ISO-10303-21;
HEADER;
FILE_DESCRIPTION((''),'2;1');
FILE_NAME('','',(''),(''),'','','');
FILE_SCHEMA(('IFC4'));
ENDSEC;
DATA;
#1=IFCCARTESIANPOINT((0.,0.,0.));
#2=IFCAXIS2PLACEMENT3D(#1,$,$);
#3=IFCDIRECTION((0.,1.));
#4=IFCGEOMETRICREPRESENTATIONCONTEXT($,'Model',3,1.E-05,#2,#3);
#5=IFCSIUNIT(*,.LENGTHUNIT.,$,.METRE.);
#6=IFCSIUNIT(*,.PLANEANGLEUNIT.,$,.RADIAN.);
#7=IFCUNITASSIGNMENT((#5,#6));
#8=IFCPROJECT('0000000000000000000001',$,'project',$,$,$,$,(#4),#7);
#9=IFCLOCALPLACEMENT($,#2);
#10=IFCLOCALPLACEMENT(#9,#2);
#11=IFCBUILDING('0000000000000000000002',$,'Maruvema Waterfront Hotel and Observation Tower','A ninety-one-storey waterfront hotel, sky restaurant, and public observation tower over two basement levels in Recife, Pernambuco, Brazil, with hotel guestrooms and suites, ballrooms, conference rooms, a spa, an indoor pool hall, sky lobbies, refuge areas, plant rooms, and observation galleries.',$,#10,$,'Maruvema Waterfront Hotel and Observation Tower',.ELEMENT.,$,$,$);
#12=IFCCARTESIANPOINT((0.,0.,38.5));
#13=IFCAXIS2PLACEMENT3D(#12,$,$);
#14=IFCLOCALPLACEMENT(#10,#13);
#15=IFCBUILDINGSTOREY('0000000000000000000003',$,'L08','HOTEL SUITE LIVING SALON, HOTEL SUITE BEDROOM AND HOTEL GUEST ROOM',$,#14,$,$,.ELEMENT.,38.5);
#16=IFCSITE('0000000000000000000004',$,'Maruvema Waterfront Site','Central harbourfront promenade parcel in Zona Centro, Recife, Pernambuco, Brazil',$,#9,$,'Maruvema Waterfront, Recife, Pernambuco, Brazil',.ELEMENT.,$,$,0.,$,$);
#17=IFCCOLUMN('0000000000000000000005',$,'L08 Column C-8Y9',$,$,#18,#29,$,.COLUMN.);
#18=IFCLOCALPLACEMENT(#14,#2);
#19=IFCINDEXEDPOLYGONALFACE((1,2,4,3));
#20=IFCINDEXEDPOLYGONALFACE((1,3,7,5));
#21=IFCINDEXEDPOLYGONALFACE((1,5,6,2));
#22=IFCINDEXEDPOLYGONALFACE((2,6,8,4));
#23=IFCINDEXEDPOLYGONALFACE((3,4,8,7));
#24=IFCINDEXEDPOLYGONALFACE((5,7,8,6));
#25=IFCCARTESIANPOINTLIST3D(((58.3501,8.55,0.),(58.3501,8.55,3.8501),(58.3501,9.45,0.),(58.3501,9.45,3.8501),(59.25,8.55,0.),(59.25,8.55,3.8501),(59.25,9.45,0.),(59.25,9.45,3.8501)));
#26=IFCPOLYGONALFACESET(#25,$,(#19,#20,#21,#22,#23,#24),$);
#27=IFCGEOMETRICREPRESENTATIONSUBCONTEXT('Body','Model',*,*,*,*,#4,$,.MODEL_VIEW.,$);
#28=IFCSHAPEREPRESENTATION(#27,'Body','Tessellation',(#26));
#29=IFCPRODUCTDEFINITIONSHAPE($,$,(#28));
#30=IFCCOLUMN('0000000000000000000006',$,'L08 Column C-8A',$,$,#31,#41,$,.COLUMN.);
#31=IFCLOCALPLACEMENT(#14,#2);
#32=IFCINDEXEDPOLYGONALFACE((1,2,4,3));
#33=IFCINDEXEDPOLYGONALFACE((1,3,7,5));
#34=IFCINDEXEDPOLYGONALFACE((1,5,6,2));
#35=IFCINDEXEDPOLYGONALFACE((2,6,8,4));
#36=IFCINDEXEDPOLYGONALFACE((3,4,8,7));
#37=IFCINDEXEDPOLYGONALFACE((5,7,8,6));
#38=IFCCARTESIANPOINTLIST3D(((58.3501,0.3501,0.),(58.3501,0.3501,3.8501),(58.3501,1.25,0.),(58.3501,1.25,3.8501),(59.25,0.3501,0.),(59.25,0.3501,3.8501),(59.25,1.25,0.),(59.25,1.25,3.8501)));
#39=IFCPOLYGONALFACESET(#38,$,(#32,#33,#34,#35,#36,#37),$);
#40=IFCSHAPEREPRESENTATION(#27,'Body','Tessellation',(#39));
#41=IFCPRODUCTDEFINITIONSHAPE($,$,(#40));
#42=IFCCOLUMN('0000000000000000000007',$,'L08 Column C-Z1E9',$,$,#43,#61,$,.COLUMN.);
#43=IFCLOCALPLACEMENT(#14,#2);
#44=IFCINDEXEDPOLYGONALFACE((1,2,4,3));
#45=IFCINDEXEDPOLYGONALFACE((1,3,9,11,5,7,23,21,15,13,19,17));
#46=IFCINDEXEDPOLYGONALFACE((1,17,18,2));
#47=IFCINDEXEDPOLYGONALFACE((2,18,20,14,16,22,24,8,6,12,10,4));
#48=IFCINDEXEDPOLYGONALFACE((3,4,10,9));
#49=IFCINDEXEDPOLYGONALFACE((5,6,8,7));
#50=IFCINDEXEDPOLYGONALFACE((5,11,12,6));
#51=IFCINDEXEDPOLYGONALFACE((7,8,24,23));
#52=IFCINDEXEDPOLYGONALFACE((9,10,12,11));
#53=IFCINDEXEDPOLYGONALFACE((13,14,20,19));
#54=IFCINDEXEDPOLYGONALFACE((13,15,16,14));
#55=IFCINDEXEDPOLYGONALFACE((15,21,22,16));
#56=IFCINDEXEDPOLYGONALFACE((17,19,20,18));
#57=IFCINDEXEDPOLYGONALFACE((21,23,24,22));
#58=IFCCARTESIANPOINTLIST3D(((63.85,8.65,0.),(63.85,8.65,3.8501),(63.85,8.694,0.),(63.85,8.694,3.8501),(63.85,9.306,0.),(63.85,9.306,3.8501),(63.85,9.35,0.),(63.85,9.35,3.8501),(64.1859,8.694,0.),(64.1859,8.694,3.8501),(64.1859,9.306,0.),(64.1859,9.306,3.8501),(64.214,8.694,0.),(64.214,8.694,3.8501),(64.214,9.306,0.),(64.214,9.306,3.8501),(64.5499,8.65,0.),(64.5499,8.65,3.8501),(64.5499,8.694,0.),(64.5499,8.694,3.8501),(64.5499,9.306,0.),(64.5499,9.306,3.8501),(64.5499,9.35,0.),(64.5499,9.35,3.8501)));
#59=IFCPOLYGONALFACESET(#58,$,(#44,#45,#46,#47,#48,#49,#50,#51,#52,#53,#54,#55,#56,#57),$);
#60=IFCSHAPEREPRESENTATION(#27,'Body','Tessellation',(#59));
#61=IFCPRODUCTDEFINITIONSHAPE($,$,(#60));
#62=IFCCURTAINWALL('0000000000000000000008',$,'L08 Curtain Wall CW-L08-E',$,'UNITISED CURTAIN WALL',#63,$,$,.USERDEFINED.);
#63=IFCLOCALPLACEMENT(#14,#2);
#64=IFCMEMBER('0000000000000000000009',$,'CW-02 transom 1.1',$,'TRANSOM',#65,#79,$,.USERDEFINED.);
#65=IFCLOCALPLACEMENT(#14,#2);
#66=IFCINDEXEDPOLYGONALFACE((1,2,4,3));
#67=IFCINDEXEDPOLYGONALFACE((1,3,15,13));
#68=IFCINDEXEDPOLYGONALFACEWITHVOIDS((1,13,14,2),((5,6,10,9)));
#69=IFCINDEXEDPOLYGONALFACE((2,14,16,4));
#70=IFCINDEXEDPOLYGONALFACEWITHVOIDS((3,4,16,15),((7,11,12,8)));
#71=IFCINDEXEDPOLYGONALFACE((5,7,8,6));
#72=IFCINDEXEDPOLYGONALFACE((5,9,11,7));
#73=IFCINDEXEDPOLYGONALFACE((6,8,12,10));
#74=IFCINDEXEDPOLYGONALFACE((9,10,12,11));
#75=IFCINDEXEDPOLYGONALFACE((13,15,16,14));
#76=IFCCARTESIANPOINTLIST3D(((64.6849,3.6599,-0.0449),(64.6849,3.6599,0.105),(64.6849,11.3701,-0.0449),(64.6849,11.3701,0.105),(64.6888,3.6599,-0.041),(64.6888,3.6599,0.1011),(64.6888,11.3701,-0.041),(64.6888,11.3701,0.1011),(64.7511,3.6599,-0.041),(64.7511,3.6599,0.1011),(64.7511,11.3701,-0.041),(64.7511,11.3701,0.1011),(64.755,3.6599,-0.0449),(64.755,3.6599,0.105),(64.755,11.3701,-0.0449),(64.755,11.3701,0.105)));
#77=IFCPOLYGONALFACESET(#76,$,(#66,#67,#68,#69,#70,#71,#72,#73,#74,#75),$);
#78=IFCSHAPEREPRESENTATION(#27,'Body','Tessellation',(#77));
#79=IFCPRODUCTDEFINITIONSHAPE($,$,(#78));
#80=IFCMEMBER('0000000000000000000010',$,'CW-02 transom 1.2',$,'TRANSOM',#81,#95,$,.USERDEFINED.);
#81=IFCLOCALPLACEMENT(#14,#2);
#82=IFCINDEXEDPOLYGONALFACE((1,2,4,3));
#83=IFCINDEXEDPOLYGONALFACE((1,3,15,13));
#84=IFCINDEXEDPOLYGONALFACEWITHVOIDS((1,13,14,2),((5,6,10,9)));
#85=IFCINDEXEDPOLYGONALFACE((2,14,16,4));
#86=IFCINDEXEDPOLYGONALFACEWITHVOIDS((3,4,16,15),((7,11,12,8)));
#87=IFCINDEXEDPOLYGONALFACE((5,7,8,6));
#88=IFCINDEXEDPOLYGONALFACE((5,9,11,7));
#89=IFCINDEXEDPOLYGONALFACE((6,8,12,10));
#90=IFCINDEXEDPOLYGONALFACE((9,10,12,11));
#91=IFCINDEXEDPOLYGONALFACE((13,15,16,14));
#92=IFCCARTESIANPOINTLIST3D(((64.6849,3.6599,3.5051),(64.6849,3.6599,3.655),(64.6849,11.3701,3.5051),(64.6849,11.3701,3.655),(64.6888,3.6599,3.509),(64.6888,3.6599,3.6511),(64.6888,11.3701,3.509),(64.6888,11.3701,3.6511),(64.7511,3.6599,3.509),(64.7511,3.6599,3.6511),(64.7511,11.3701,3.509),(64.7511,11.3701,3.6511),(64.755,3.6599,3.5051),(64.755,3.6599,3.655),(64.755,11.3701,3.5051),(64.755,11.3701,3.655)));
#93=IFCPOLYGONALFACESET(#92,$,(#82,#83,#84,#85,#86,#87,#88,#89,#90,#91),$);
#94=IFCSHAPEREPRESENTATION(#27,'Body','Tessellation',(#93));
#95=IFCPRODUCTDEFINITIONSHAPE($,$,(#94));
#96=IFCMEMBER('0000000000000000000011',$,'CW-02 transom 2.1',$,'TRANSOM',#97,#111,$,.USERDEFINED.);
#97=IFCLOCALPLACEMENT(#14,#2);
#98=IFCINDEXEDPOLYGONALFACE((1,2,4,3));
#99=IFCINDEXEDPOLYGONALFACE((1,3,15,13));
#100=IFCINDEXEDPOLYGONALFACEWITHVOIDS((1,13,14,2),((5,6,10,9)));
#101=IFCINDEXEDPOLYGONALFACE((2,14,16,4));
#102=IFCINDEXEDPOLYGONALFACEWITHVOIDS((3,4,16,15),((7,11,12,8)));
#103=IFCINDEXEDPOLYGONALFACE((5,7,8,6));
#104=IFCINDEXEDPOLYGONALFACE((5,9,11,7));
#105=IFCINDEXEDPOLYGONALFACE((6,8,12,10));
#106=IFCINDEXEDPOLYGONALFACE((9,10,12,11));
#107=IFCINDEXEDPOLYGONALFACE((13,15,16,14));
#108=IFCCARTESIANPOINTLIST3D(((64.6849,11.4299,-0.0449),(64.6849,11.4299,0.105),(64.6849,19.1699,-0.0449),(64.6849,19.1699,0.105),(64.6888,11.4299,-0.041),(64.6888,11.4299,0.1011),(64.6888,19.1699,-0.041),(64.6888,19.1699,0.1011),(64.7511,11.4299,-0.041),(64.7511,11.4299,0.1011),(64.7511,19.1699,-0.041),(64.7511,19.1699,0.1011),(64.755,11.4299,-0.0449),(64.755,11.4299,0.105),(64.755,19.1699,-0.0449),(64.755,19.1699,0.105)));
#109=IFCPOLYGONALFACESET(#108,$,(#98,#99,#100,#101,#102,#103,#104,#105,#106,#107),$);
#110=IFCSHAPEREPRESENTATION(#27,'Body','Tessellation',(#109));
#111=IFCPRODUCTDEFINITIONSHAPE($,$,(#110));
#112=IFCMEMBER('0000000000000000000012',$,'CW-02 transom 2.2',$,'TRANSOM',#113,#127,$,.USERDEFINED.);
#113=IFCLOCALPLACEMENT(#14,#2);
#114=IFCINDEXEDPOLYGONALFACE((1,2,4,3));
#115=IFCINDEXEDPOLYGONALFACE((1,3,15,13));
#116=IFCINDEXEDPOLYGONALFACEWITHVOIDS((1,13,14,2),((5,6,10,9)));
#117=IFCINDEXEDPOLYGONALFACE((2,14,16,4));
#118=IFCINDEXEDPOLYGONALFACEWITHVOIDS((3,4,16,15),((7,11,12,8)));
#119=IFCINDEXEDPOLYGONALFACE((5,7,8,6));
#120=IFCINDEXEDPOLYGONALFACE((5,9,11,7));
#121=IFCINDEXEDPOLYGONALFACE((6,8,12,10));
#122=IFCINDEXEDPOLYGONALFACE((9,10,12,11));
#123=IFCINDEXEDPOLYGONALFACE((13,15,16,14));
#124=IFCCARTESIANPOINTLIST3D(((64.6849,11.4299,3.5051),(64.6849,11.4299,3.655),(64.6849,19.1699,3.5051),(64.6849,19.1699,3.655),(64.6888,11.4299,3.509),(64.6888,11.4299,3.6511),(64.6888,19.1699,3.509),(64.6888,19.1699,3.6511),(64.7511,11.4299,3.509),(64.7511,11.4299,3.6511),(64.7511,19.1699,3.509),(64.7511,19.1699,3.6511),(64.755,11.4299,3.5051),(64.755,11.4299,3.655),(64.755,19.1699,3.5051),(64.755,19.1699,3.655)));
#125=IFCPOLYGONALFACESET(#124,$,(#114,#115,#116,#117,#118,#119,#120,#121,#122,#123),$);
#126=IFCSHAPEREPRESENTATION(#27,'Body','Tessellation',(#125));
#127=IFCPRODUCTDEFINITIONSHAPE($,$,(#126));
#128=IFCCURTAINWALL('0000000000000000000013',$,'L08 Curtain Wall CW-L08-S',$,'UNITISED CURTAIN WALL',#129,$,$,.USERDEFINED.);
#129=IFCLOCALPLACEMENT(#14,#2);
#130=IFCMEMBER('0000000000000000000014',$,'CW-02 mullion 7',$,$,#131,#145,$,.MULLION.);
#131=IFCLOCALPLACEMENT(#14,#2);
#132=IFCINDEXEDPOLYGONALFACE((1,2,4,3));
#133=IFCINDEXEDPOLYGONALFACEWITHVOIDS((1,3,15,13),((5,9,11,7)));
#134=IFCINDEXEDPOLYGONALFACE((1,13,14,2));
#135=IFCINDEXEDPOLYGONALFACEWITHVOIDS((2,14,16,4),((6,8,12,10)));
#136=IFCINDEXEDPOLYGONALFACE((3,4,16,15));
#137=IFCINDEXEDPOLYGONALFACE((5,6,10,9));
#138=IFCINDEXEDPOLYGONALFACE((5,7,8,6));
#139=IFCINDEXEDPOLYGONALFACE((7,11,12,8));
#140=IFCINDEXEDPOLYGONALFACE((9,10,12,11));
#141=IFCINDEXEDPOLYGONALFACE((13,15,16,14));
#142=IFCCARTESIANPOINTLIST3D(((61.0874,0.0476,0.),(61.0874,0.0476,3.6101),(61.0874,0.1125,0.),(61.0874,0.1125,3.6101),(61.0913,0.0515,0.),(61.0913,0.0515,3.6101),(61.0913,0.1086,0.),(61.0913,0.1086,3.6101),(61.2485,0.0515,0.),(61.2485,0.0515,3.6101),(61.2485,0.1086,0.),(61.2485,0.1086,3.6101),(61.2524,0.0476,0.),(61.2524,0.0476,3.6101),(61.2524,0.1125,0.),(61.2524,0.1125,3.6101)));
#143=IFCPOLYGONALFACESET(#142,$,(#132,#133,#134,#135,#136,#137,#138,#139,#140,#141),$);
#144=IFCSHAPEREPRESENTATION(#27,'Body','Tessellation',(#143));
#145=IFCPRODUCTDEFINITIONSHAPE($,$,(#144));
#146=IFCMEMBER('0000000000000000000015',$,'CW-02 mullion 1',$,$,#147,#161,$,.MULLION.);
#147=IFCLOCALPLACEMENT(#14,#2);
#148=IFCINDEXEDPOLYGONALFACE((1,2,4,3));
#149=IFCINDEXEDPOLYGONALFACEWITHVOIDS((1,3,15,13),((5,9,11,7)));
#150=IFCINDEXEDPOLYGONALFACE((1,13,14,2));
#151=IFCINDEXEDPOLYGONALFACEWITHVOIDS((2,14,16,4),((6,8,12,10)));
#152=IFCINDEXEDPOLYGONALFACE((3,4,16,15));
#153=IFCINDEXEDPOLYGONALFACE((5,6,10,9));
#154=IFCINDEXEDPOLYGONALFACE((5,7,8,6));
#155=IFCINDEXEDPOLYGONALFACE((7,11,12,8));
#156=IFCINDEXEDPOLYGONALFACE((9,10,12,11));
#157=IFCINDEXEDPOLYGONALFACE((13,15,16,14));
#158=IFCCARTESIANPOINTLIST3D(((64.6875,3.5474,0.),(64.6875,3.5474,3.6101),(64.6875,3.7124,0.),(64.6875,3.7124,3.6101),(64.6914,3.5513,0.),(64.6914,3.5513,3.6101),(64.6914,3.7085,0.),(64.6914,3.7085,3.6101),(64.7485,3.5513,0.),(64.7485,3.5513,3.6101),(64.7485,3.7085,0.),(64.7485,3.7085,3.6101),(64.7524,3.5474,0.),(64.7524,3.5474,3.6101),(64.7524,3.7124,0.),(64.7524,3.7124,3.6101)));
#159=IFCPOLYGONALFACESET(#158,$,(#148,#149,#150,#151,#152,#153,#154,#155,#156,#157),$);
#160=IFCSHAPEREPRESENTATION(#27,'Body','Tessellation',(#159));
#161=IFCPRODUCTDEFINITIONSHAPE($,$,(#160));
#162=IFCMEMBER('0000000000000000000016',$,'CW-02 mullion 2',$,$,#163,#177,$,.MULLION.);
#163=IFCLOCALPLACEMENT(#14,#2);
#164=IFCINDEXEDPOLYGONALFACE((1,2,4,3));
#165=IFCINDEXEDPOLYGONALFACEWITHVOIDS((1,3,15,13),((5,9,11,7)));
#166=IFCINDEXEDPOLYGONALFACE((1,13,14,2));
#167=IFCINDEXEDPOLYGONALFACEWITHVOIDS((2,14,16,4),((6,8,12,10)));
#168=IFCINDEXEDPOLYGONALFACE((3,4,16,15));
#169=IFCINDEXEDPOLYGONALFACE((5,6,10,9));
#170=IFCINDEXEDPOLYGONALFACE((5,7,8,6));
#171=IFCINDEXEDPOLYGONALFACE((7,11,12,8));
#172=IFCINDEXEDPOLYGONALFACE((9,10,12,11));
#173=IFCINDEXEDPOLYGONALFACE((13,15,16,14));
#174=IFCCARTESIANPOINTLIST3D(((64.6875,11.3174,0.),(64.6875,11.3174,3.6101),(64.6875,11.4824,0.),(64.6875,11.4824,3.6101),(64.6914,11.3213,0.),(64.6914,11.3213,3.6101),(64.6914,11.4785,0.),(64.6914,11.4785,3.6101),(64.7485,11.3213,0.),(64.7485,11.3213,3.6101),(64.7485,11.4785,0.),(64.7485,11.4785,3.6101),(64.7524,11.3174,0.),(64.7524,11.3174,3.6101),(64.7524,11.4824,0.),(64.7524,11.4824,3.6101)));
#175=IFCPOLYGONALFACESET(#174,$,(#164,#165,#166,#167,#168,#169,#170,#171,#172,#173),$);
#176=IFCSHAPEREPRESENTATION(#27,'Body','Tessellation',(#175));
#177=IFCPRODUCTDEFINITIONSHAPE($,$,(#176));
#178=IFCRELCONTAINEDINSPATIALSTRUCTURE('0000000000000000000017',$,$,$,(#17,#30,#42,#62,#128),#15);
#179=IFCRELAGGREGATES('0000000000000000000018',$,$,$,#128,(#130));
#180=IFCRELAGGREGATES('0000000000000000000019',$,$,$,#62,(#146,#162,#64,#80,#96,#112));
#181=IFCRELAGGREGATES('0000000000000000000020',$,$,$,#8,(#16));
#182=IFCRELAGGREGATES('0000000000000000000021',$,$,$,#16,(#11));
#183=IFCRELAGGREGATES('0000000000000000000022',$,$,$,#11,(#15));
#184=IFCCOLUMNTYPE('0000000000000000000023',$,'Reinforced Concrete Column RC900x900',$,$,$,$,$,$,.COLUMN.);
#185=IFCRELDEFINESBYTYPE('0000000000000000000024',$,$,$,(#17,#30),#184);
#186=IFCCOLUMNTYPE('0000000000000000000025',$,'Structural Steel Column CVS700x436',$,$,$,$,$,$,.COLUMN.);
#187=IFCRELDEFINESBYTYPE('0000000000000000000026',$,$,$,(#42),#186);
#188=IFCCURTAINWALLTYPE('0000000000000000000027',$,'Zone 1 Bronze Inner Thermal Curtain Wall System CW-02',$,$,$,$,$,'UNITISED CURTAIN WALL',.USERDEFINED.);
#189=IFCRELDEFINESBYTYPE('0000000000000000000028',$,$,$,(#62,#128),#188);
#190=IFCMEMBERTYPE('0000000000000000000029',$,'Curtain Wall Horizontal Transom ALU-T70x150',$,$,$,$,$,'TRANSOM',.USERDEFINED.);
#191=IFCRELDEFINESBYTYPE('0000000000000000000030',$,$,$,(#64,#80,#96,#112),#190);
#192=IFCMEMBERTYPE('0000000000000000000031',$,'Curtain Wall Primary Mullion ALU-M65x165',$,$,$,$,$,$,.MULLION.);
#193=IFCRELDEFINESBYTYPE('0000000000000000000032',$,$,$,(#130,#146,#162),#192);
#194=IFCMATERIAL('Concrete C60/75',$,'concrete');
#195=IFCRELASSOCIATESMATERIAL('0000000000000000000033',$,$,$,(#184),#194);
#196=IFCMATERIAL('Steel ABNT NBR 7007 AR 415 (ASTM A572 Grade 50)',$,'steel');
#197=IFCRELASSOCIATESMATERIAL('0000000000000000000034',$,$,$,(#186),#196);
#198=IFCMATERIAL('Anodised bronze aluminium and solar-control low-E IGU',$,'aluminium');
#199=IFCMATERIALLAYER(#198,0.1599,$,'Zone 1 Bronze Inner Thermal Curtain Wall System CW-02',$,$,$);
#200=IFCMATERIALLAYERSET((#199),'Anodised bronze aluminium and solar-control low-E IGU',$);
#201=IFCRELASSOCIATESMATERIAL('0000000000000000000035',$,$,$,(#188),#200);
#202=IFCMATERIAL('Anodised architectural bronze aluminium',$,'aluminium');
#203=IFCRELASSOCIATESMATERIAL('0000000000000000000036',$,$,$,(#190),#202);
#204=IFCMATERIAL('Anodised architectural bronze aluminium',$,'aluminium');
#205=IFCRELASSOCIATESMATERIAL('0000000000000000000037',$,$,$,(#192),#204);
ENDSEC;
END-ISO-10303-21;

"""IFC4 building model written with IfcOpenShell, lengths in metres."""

from ifc_helpers import new_model, si_unit, direction, frame, origin, origin_2d, place, context, subcontext, project, spatial, rectangle, hollow_rectangle, i_section, extrude, material, layer, layer_set, material_profile, profile_set, type_object, element, aggregate, save


model = new_model("IFC4")

# Units and contexts
model_context = context("Model", 3, precision=1e-05, world=origin(), true_north=direction((0.0, 1.0)))
body_context = subcontext(model_context, "Body", "Model", "MODEL_VIEW")
ifc_project = project(units=[si_unit("LENGTHUNIT", "METRE"), si_unit("PLANEANGLEUNIT", "RADIAN")], contexts=[model_context])

# Site, building, storey
site_placement = place(None, origin())
site = spatial("IfcSite", under=ifc_project, at=site_placement, Name="Maruvema Waterfront Site", Description="Central harbourfront promenade parcel in Zona Centro, Recife, Pernambuco, Brazil", LongName="Maruvema Waterfront, Recife, Pernambuco, Brazil", CompositionType="ELEMENT", RefElevation=0.0)
building_placement = place(site_placement, origin())
building = spatial("IfcBuilding", under=site, at=building_placement, Name="Maruvema Waterfront Hotel and Observation Tower", Description="A ninety-one-storey waterfront hotel, sky restaurant, and public observation tower over two basement levels in Recife, Pernambuco, Brazil, with hotel guestrooms and suites, ballrooms, conference rooms, a spa, an indoor pool hall, sky lobbies, refuge areas, plant rooms, and observation galleries.", LongName="Maruvema Waterfront Hotel and Observation Tower", CompositionType="ELEMENT")
storey_placement = place(building_placement, frame((0.0, 0.0, 38.5)))
storey = spatial("IfcBuildingStorey", under=building, at=storey_placement, Name="L08", Description="HOTEL SUITE LIVING SALON, HOTEL SUITE BEDROOM AND HOTEL GUEST ROOM", CompositionType="ELEMENT", Elevation=38.5)

# Columns
ifc_material_1 = material(Name="Concrete C60/75", Category="concrete")
ifc_material_profile_1 = material_profile(ifc_material_1, rectangle(XDim=0.8999, YDim=0.8999, at=origin_2d()), Name="RC900x900")
ifc_profile_set_1 = profile_set([ifc_material_profile_1], Name="Concrete C60/75")
column_type_1 = type_object("IfcColumnType", Name="Reinforced Concrete Column RC900x900", PredefinedType="COLUMN", material=ifc_profile_set_1)
for number, where, z_axis, x_axis, name in (
    (1, (58.8, 9.0, 0.0), (0.0, 0.0, 1.0), (1.0, 0.0, 0.0), "L08 Column C-8Y9"),
    (2, (58.8, 0.8, 0.0), (0.0, 0.0, 1.0), (1.0, 0.0, 0.0), "L08 Column C-8A"),
):
    element("IfcColumn", number, at=place(storey_placement, frame(where, z_axis=z_axis, x_axis=x_axis)), inside=storey, type_object=column_type_1, Name=name, PredefinedType="COLUMN", context=body_context, shape_type="SweptSolid", body=[
        extrude(rectangle(XDim=0.8999, YDim=0.8999, at=origin_2d()), origin(), (0.0, 0.0, 1.0), 3.8501),
    ])
ifc_material_2 = material(Name="Steel ABNT NBR 7007 AR 415 (ASTM A572 Grade 50)", Category="steel")
ifc_material_profile_2 = material_profile(ifc_material_2, i_section(OverallWidth=0.7, OverallDepth=0.7, WebThickness=0.0281, FlangeThickness=0.0439, at=origin_2d()), Name="CVS700x436")
ifc_profile_set_2 = profile_set([ifc_material_profile_2], Name="Steel ABNT NBR 7007 AR 415 (ASTM A572 Grade 50)")
column_type_2 = type_object("IfcColumnType", Name="Structural Steel Column CVS700x436", PredefinedType="COLUMN", material=ifc_profile_set_2)
column_placement = place(storey_placement, frame((64.2, 9.0, 0.0), z_axis=(0.0, 0.0, 1.0), x_axis=(1.0, 0.0, 0.0)))
element("IfcColumn", 3, at=column_placement, inside=storey, type_object=column_type_2, Name="L08 Column C-Z1E9", PredefinedType="COLUMN", context=body_context, shape_type="SweptSolid", body=[
    extrude(i_section(OverallWidth=0.7, OverallDepth=0.7, WebThickness=0.0281, FlangeThickness=0.0439, at=origin_2d()), origin(), (0.0, 0.0, 1.0), 3.8501),
])

# Curtain wall, members
ifc_material_3 = material(Name="Anodised bronze aluminium and solar-control low-E IGU", Category="aluminium")
ifc_layer_1 = layer(ifc_material_3, 0.1599, Name="Zone 1 Bronze Inner Thermal Curtain Wall System CW-02")
ifc_layer_set_1 = layer_set([ifc_layer_1], Name="Anodised bronze aluminium and solar-control low-E IGU")
curtain_wall_type = type_object("IfcCurtainWallType", Name="Zone 1 Bronze Inner Thermal Curtain Wall System CW-02", ElementType="UNITISED CURTAIN WALL", PredefinedType="USERDEFINED", material=ifc_layer_set_1)
curtain_wall_1_placement = place(storey_placement, origin())
curtain_wall_1 = element("IfcCurtainWall", 4, at=curtain_wall_1_placement, inside=storey, type_object=curtain_wall_type, Name="L08 Curtain Wall CW-L08-E", ObjectType="UNITISED CURTAIN WALL", PredefinedType="USERDEFINED")
ifc_material_4 = material(Name="Anodised architectural bronze aluminium", Category="aluminium")
ifc_material_profile_3 = material_profile(ifc_material_4, hollow_rectangle(XDim=0.0701, YDim=0.1499, WallThickness=0.0039, at=origin_2d()), Name="ALU-T70x150")
ifc_profile_set_3 = profile_set([ifc_material_profile_3], Name="Anodised architectural bronze aluminium")
member_type_1 = type_object("IfcMemberType", Name="Curtain Wall Horizontal Transom ALU-T70x150", ElementType="TRANSOM", PredefinedType="USERDEFINED", material=ifc_profile_set_3)
member_1_placement = place(storey_placement, frame((64.72, 3.6599, 0.03), z_axis=(0.0, 1.0, 0.0), x_axis=(-1.0, 0.0, 0.0)))
member_1 = element("IfcMember", 5, at=member_1_placement, type_object=member_type_1, Name="CW-02 transom 1.1", ObjectType="TRANSOM", PredefinedType="USERDEFINED", context=body_context, shape_type="SweptSolid", body=[
    extrude(hollow_rectangle(XDim=0.0701, YDim=0.1499, WallThickness=0.0039, at=origin_2d()), origin(), (0.0, 0.0, 1.0), 7.7102),
])
member_2_placement = place(storey_placement, frame((64.72, 3.6599, 3.5801), z_axis=(0.0, 1.0, 0.0), x_axis=(-1.0, 0.0, 0.0)))
member_2 = element("IfcMember", 6, at=member_2_placement, type_object=member_type_1, Name="CW-02 transom 1.2", ObjectType="TRANSOM", PredefinedType="USERDEFINED", context=body_context, shape_type="SweptSolid", body=[
    extrude(hollow_rectangle(XDim=0.0701, YDim=0.1499, WallThickness=0.0039, at=origin_2d()), origin(), (0.0, 0.0, 1.0), 7.7102),
])
member_3_placement = place(storey_placement, frame((64.72, 11.4299, 0.03), z_axis=(0.0, 1.0, 0.0), x_axis=(-1.0, 0.0, 0.0)))
member_3 = element("IfcMember", 7, at=member_3_placement, type_object=member_type_1, Name="CW-02 transom 2.1", ObjectType="TRANSOM", PredefinedType="USERDEFINED", context=body_context, shape_type="SweptSolid", body=[
    extrude(hollow_rectangle(XDim=0.0701, YDim=0.1499, WallThickness=0.0039, at=origin_2d()), origin(), (0.0, 0.0, 1.0), 7.74),
])
member_4_placement = place(storey_placement, frame((64.72, 11.4299, 3.5801), z_axis=(0.0, 1.0, 0.0), x_axis=(-1.0, 0.0, 0.0)))
member_4 = element("IfcMember", 8, at=member_4_placement, type_object=member_type_1, Name="CW-02 transom 2.2", ObjectType="TRANSOM", PredefinedType="USERDEFINED", context=body_context, shape_type="SweptSolid", body=[
    extrude(hollow_rectangle(XDim=0.0701, YDim=0.1499, WallThickness=0.0039, at=origin_2d()), origin(), (0.0, 0.0, 1.0), 7.74),
])

# Curtain wall, member
curtain_wall_2_placement = place(storey_placement, origin())
curtain_wall_2 = element("IfcCurtainWall", 9, at=curtain_wall_2_placement, inside=storey, type_object=curtain_wall_type, Name="L08 Curtain Wall CW-L08-S", ObjectType="UNITISED CURTAIN WALL", PredefinedType="USERDEFINED")
ifc_material_5 = material(Name="Anodised architectural bronze aluminium", Category="aluminium")
ifc_material_profile_4 = material_profile(ifc_material_5, hollow_rectangle(XDim=0.0649, YDim=0.165, WallThickness=0.0039, at=origin_2d()), Name="ALU-M65x165")
ifc_profile_set_4 = profile_set([ifc_material_profile_4], Name="Anodised architectural bronze aluminium")
member_type_2 = type_object("IfcMemberType", Name="Curtain Wall Primary Mullion ALU-M65x165", PredefinedType="MULLION", material=ifc_profile_set_4)
member_5_placement = place(storey_placement, frame((61.1699, 0.0801, 0.0), z_axis=(0.0, 0.0, 1.0), x_axis=(0.0, 1.0, 0.0)))
member_5 = element("IfcMember", 10, at=member_5_placement, type_object=member_type_2, Name="CW-02 mullion 7", PredefinedType="MULLION", context=body_context, shape_type="SweptSolid", body=[
    extrude(hollow_rectangle(XDim=0.0649, YDim=0.165, WallThickness=0.0039, at=origin_2d()), origin(), (0.0, 0.0, 1.0), 3.6101),
])

# Members
member_6_placement = place(storey_placement, frame((64.72, 3.6299, 0.0), z_axis=(0.0, 0.0, 1.0), x_axis=(-1.0, 0.0, 0.0)))
member_6 = element("IfcMember", 11, at=member_6_placement, type_object=member_type_2, Name="CW-02 mullion 1", PredefinedType="MULLION", context=body_context, shape_type="SweptSolid", body=[
    extrude(hollow_rectangle(XDim=0.0649, YDim=0.165, WallThickness=0.0039, at=origin_2d()), origin(), (0.0, 0.0, 1.0), 3.6101),
])
member_7_placement = place(storey_placement, frame((64.72, 11.3999, 0.0), z_axis=(0.0, 0.0, 1.0), x_axis=(-1.0, 0.0, 0.0)))
member_7 = element("IfcMember", 12, at=member_7_placement, type_object=member_type_2, Name="CW-02 mullion 2", PredefinedType="MULLION", context=body_context, shape_type="SweptSolid", body=[
    extrude(hollow_rectangle(XDim=0.0649, YDim=0.165, WallThickness=0.0039, at=origin_2d()), origin(), (0.0, 0.0, 1.0), 3.6101),
])

aggregate(curtain_wall_2, [member_5])
aggregate(curtain_wall_1, [member_6, member_7, member_1, member_2, member_3, member_4])

save(model, "model.ifc")
